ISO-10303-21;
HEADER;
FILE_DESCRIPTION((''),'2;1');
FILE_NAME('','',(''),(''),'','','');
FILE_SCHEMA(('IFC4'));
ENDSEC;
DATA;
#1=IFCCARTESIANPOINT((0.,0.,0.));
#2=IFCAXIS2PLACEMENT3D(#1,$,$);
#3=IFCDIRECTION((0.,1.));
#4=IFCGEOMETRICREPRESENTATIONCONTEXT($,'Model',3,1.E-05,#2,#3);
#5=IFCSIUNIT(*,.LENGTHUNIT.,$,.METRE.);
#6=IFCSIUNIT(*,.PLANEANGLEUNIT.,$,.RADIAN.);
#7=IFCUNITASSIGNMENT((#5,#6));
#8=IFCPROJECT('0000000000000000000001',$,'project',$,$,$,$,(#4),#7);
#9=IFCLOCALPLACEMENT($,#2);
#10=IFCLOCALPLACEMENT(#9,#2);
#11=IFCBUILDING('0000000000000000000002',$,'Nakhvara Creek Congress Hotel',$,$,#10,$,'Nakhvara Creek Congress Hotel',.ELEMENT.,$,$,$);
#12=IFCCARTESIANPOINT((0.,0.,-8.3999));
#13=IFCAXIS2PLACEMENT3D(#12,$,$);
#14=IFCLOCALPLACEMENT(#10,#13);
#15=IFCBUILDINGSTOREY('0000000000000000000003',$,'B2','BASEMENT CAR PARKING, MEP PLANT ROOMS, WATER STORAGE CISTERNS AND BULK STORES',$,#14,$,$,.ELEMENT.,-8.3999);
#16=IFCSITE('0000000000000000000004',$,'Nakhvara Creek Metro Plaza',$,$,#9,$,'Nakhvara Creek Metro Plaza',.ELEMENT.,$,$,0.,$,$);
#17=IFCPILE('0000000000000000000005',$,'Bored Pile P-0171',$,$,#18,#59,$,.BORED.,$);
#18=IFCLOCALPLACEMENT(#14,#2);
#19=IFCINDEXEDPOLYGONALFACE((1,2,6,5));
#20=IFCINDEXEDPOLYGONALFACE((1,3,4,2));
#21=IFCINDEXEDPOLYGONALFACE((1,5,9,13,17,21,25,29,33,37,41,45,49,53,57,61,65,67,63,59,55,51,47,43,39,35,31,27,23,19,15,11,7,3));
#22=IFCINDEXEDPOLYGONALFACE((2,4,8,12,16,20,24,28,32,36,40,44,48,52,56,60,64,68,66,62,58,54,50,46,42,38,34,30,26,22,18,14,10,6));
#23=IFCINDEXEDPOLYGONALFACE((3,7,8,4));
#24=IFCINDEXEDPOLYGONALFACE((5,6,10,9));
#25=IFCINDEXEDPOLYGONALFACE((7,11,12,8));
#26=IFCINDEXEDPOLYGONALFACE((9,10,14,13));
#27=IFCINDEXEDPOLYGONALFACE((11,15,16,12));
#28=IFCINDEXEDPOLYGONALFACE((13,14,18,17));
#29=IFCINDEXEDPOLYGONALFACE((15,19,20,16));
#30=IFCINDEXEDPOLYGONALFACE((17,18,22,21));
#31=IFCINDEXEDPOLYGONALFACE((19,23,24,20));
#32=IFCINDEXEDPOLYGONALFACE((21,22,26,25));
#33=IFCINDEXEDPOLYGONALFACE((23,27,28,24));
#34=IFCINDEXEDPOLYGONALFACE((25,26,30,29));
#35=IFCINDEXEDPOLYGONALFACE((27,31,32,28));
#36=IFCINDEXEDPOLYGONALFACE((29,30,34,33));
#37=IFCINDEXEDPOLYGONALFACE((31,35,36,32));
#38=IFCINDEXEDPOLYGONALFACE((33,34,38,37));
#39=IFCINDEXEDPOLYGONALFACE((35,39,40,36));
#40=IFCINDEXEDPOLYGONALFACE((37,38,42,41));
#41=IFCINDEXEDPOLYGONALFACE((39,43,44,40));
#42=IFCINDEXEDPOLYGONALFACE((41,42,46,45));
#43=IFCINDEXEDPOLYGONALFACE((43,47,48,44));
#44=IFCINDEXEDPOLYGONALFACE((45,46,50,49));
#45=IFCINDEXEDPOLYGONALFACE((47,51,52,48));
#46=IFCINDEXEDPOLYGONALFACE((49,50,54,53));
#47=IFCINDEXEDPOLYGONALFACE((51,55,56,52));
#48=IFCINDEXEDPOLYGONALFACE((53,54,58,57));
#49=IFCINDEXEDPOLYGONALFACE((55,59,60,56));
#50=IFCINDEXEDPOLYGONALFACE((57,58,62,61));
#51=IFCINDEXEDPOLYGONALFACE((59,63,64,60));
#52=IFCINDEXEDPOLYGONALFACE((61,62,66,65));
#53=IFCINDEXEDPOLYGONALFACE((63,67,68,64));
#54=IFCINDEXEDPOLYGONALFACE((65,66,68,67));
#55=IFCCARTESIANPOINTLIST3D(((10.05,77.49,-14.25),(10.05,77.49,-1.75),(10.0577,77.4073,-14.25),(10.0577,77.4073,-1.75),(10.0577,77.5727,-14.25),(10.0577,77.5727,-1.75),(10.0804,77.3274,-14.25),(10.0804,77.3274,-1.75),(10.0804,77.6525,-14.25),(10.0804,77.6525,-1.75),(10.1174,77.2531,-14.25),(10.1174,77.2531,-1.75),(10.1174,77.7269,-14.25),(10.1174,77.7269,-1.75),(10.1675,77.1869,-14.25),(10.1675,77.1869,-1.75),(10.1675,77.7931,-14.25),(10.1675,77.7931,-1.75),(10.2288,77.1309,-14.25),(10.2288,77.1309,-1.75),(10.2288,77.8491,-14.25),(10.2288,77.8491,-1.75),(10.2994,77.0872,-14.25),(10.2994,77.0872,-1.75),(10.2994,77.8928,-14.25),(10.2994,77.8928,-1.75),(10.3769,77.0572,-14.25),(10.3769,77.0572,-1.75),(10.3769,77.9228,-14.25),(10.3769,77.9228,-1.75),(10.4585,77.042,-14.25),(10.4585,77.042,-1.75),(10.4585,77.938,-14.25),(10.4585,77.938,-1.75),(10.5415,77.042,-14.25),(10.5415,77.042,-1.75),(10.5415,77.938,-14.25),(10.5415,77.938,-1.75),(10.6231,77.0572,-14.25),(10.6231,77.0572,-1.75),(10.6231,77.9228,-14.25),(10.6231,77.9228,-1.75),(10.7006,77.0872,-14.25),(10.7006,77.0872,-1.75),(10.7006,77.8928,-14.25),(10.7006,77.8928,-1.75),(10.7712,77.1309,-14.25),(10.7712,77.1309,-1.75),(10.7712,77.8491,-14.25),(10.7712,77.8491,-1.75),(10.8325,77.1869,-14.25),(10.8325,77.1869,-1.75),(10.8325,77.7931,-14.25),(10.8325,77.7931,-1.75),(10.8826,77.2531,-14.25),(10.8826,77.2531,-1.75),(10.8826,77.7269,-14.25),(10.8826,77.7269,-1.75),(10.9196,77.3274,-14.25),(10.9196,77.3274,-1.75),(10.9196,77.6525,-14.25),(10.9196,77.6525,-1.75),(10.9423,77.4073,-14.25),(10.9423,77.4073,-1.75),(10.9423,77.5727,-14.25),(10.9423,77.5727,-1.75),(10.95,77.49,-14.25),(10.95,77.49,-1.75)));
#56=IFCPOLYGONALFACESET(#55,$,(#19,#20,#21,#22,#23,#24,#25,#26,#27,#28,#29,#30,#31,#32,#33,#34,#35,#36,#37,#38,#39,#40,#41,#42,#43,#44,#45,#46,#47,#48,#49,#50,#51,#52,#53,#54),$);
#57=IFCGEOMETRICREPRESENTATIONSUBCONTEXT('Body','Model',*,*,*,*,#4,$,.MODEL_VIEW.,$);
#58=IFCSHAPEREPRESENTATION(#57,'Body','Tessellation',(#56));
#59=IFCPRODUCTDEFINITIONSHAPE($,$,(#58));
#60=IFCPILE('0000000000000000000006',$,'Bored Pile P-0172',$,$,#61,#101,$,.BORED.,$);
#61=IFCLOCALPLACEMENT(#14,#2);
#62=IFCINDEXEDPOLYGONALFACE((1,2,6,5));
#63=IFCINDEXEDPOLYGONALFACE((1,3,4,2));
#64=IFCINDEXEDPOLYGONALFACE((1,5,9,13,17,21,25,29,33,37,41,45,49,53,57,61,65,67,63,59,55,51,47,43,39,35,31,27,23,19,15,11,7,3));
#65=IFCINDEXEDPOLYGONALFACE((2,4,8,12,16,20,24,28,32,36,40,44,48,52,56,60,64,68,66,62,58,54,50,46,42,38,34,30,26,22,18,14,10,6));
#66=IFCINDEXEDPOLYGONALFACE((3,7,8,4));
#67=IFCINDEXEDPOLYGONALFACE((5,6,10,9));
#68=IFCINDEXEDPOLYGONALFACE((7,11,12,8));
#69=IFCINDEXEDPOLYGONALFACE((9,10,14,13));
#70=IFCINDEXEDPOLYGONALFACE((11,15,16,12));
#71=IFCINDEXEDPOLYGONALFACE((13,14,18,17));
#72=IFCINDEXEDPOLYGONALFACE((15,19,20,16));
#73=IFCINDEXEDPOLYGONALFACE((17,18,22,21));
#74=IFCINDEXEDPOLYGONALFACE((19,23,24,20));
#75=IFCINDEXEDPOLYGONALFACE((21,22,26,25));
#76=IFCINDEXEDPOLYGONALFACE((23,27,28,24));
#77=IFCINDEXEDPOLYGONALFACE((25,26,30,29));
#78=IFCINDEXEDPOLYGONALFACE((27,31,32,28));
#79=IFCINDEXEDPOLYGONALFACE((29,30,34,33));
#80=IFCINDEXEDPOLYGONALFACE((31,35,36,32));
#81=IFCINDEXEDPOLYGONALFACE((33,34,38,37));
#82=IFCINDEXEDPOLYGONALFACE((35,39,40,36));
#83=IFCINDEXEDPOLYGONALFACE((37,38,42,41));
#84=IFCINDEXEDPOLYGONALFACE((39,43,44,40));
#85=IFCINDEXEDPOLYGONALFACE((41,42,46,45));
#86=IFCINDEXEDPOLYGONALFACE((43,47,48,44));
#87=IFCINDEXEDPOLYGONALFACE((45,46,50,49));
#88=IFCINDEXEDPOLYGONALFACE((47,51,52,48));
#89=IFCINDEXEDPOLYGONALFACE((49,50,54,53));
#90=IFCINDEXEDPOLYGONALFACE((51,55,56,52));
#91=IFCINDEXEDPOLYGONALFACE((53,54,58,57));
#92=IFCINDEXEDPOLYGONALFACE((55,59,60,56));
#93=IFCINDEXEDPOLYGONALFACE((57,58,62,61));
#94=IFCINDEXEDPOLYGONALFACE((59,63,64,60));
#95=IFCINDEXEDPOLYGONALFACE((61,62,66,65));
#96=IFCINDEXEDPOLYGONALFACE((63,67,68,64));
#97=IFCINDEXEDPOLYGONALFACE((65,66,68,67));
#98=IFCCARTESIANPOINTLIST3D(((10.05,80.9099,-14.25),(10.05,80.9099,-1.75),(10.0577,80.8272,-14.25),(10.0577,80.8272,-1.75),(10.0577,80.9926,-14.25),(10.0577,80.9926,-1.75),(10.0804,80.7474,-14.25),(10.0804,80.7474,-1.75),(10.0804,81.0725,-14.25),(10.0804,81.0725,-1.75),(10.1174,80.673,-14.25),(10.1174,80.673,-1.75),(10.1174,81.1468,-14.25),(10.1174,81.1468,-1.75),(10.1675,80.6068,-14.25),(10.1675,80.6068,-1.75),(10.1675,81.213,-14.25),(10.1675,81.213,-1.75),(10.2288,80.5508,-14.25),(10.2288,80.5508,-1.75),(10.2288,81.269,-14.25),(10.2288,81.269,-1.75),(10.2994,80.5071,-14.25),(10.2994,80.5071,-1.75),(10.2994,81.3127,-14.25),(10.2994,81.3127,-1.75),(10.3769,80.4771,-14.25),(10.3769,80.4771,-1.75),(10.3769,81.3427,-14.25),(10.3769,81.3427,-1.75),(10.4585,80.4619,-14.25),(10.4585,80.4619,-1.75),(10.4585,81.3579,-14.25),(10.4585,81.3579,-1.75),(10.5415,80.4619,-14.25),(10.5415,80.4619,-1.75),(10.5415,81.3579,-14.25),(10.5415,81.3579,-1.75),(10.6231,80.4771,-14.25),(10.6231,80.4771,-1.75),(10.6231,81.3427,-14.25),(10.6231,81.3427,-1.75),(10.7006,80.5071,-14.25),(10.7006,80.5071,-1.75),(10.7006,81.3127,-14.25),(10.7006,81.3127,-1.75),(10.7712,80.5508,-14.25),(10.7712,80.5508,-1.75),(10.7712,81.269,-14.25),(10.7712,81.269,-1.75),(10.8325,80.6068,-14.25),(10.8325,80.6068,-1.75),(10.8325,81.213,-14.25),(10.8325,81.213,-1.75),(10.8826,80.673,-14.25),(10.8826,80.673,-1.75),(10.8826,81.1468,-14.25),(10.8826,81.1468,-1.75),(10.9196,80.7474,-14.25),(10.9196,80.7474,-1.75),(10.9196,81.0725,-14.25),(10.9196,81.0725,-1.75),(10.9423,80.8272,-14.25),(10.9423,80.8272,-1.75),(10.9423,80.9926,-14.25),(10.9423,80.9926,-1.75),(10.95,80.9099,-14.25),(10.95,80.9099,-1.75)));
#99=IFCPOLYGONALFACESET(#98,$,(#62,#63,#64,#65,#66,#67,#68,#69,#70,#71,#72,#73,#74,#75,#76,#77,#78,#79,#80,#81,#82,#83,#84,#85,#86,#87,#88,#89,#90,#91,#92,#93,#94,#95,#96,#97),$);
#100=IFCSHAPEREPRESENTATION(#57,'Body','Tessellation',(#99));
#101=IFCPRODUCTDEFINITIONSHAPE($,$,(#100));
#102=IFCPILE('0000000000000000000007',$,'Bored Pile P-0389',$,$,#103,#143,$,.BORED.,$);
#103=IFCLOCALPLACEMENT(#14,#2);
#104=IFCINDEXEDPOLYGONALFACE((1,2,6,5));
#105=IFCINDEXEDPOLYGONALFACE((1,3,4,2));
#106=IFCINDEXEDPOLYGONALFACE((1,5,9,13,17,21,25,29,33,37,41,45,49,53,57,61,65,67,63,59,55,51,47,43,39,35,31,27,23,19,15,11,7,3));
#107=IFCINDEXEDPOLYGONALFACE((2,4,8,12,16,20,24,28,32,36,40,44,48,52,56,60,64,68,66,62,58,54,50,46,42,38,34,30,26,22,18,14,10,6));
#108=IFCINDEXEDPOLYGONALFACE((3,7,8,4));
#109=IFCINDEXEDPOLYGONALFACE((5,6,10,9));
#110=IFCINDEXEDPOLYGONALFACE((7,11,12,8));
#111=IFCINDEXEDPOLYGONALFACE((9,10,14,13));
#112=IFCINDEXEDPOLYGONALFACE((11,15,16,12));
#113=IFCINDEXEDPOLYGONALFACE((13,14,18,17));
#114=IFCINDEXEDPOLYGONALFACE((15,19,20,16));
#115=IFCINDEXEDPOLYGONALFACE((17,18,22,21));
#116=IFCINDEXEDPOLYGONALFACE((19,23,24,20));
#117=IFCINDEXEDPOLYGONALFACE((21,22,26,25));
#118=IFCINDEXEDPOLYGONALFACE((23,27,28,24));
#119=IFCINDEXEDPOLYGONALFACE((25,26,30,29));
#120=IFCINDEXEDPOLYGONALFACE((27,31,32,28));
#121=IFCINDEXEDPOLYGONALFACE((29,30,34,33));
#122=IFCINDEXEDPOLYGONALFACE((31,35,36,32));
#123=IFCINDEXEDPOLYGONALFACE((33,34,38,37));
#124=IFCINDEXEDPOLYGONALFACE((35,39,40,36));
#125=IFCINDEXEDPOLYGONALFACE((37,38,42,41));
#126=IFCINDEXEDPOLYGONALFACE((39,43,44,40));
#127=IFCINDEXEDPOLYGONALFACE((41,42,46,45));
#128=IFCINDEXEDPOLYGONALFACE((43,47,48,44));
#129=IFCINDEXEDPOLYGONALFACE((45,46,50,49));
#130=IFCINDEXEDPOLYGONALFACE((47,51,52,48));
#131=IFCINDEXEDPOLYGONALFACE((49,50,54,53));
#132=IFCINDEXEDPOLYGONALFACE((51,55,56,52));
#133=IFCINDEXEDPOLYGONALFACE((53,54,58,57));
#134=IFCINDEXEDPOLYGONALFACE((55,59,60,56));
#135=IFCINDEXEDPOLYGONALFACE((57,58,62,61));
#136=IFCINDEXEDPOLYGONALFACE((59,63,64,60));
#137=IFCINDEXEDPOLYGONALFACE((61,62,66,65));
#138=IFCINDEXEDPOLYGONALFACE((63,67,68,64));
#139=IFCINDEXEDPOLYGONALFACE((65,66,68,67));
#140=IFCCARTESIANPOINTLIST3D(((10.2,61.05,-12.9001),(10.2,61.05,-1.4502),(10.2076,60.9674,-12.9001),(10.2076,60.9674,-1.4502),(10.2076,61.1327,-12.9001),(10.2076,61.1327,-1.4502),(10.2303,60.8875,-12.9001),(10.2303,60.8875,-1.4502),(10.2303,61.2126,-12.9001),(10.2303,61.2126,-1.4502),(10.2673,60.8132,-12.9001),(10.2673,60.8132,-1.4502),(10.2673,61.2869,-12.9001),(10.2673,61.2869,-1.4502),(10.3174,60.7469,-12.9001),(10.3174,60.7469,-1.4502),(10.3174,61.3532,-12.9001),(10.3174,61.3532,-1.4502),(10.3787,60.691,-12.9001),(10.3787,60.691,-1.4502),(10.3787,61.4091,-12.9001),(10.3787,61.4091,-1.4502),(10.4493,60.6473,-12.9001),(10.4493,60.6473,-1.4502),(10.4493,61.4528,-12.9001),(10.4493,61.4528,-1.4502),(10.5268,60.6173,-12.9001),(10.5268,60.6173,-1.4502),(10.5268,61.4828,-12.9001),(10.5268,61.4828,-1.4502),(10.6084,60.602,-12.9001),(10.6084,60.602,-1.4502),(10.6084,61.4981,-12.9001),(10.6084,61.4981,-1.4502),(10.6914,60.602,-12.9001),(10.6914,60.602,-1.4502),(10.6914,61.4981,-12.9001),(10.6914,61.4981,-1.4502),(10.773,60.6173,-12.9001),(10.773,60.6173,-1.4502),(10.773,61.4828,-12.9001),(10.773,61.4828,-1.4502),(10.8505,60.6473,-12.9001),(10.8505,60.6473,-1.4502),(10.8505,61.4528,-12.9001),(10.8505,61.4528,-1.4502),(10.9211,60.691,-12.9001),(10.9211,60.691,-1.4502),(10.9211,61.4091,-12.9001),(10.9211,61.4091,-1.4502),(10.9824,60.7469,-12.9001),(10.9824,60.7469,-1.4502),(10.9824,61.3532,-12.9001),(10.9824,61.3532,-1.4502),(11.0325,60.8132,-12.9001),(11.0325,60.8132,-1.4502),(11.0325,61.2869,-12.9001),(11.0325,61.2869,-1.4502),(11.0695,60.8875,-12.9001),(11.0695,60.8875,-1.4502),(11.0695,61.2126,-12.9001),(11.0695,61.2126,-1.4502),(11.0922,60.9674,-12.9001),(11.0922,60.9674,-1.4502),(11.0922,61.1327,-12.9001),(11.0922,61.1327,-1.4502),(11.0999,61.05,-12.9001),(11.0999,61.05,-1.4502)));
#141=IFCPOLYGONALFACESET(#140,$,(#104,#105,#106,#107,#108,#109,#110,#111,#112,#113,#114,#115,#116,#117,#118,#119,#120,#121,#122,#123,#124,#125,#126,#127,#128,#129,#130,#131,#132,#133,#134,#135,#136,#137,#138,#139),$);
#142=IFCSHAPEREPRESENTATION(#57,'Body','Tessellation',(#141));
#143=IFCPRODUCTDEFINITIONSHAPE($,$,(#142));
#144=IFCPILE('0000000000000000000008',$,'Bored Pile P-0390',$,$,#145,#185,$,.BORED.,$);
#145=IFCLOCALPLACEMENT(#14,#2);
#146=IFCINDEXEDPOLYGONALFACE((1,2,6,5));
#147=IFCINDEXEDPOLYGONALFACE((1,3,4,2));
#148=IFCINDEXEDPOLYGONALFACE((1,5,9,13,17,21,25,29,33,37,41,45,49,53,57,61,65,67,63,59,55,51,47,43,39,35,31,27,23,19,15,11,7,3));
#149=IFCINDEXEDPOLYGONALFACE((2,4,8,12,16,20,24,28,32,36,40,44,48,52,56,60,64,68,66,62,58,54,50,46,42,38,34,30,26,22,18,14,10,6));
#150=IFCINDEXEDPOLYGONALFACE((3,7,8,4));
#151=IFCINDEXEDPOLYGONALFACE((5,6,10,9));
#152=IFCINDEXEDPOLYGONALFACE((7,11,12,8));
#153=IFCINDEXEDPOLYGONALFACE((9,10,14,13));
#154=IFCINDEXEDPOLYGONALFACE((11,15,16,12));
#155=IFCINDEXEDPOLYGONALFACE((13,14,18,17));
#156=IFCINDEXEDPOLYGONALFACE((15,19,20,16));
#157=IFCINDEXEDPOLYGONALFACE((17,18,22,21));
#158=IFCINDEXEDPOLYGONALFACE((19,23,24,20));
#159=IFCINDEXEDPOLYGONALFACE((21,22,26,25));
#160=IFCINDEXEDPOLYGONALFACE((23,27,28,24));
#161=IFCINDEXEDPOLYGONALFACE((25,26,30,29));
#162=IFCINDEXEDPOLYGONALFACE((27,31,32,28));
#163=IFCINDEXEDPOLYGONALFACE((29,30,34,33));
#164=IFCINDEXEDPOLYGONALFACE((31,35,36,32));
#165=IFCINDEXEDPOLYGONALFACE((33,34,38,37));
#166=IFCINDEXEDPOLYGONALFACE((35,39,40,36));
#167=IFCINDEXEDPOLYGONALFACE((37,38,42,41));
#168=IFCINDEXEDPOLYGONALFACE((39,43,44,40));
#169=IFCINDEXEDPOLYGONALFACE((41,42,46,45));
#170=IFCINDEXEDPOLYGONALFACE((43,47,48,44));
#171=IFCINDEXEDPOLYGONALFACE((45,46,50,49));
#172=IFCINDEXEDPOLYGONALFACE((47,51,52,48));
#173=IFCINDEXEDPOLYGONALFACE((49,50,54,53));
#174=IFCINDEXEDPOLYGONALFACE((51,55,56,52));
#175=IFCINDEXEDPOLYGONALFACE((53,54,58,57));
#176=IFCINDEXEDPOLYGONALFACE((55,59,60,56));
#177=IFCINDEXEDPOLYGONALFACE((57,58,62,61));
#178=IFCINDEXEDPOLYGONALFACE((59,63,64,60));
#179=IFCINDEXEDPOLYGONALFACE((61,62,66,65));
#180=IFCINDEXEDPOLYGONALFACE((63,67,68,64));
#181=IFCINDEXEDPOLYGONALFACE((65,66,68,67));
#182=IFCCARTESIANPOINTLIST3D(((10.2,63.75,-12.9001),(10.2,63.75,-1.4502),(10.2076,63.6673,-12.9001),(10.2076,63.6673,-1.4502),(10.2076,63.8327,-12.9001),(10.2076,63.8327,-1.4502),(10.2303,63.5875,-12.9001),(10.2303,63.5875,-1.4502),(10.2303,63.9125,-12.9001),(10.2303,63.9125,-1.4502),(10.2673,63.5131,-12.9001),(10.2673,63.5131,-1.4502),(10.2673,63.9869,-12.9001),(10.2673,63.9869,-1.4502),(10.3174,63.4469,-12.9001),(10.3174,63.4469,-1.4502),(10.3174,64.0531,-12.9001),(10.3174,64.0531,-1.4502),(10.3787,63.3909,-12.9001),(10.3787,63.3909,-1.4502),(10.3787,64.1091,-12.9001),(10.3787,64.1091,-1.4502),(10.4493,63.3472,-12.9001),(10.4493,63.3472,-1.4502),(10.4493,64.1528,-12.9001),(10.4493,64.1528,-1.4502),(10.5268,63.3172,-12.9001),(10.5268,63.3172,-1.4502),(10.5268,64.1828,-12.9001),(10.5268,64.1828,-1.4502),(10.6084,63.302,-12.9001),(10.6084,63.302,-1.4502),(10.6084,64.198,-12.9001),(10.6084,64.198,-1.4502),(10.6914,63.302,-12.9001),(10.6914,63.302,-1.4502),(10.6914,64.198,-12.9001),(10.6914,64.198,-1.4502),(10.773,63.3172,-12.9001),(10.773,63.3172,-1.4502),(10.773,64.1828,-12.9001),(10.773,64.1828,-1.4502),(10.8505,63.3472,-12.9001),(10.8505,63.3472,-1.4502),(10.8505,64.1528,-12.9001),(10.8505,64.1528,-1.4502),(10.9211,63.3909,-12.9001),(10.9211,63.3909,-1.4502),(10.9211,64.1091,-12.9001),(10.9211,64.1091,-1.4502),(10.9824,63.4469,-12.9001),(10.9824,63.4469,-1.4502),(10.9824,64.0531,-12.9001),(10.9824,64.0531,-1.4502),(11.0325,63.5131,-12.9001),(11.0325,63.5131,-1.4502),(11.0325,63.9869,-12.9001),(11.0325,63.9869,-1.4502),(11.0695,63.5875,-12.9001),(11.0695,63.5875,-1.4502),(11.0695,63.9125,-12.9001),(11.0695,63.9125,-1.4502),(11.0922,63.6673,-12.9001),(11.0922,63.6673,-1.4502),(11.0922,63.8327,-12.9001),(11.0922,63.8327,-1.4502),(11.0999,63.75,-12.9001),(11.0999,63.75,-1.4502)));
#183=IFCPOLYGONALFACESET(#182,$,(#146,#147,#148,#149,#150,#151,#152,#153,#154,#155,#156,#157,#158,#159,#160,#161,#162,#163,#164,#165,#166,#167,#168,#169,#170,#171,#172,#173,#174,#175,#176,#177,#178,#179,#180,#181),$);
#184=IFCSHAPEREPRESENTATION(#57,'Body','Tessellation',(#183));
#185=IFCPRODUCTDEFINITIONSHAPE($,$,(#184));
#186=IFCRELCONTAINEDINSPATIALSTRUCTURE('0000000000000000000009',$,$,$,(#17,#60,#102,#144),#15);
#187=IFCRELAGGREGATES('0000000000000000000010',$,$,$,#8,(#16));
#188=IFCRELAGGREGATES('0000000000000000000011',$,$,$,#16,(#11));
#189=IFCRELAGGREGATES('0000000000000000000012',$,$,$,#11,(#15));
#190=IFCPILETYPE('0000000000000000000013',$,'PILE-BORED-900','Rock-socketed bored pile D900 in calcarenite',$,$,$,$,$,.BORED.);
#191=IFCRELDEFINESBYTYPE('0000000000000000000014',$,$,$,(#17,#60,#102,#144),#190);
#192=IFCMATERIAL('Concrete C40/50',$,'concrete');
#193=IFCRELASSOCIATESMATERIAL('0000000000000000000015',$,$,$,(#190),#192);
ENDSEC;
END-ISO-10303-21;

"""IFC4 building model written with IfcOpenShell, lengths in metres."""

from ifc_helpers import new_model, si_unit, direction, frame, origin, origin_2d, place, context, subcontext, project, spatial, circle, extrude, material, material_profile, profile_set, type_object, element, save


model = new_model("IFC4")

# Units and contexts
model_context = context("Model", 3, precision=1e-05, world=origin(), true_north=direction((0.0, 1.0)))
body_context = subcontext(model_context, "Body", "Model", "MODEL_VIEW")
ifc_project = project(units=[si_unit("LENGTHUNIT", "METRE"), si_unit("PLANEANGLEUNIT", "RADIAN")], contexts=[model_context])

# Site, building, storey
site_placement = place(None, origin())
site = spatial("IfcSite", under=ifc_project, at=site_placement, Name="Nakhvara Creek Metro Plaza", LongName="Nakhvara Creek Metro Plaza", CompositionType="ELEMENT", RefElevation=0.0)
building_placement = place(site_placement, origin())
building = spatial("IfcBuilding", under=site, at=building_placement, Name="Nakhvara Creek Congress Hotel", LongName="Nakhvara Creek Congress Hotel", CompositionType="ELEMENT")
storey_placement = place(building_placement, frame((0.0, 0.0, -8.3999)))
storey = spatial("IfcBuildingStorey", under=building, at=storey_placement, Name="B2", Description="BASEMENT CAR PARKING, MEP PLANT ROOMS, WATER STORAGE CISTERNS AND BULK STORES", CompositionType="ELEMENT", Elevation=-8.3999)

# Shared definitions
ifc_material_1 = material(Name="Concrete C40/50", Category="concrete")

# Piles
ifc_material_profile_1 = material_profile(ifc_material_1, circle(Radius=0.45, at=origin_2d()), Name="BORED PILE D900", Category="LoadBearing")
ifc_profile_set_1 = profile_set([ifc_material_profile_1], Name="Concrete C40/50")
pile_type = type_object("IfcPileType", Name="PILE-BORED-900", Description="Rock-socketed bored pile D900 in calcarenite", PredefinedType="BORED", material=ifc_profile_set_1)
for number, where, z_axis, x_axis, name in (
    (1, (10.5, 77.49, -1.75), (0.0, 0.0, -1.0), (1.0, 0.0, 0.0), "Bored Pile P-0171"),
    (2, (10.5, 80.9099, -1.75), (0.0, 0.0, -1.0), (1.0, 0.0, 0.0), "Bored Pile P-0172"),
):
    element("IfcPile", number, at=place(storey_placement, frame(where, z_axis=z_axis, x_axis=x_axis)), inside=storey, type_object=pile_type, Name=name, PredefinedType="BORED", context=body_context, shape_type="SweptSolid", body=[
        extrude(circle(Radius=0.45, at=origin_2d()), origin(), (0.0, 0.0, 1.0), 12.5),
    ])
for number, where, z_axis, x_axis, name in (
    (3, (10.6499, 61.05, -1.4502), (0.0, 0.0, -1.0), (1.0, 0.0, 0.0), "Bored Pile P-0389"),
    (4, (10.6499, 63.75, -1.4502), (0.0, 0.0, -1.0), (1.0, 0.0, 0.0), "Bored Pile P-0390"),
):
    element("IfcPile", number, at=place(storey_placement, frame(where, z_axis=z_axis, x_axis=x_axis)), inside=storey, type_object=pile_type, Name=name, PredefinedType="BORED", context=body_context, shape_type="SweptSolid", body=[
        extrude(circle(Radius=0.45, at=origin_2d()), origin(), (0.0, 0.0, 1.0), 11.45),
    ])

save(model, "model.ifc")
